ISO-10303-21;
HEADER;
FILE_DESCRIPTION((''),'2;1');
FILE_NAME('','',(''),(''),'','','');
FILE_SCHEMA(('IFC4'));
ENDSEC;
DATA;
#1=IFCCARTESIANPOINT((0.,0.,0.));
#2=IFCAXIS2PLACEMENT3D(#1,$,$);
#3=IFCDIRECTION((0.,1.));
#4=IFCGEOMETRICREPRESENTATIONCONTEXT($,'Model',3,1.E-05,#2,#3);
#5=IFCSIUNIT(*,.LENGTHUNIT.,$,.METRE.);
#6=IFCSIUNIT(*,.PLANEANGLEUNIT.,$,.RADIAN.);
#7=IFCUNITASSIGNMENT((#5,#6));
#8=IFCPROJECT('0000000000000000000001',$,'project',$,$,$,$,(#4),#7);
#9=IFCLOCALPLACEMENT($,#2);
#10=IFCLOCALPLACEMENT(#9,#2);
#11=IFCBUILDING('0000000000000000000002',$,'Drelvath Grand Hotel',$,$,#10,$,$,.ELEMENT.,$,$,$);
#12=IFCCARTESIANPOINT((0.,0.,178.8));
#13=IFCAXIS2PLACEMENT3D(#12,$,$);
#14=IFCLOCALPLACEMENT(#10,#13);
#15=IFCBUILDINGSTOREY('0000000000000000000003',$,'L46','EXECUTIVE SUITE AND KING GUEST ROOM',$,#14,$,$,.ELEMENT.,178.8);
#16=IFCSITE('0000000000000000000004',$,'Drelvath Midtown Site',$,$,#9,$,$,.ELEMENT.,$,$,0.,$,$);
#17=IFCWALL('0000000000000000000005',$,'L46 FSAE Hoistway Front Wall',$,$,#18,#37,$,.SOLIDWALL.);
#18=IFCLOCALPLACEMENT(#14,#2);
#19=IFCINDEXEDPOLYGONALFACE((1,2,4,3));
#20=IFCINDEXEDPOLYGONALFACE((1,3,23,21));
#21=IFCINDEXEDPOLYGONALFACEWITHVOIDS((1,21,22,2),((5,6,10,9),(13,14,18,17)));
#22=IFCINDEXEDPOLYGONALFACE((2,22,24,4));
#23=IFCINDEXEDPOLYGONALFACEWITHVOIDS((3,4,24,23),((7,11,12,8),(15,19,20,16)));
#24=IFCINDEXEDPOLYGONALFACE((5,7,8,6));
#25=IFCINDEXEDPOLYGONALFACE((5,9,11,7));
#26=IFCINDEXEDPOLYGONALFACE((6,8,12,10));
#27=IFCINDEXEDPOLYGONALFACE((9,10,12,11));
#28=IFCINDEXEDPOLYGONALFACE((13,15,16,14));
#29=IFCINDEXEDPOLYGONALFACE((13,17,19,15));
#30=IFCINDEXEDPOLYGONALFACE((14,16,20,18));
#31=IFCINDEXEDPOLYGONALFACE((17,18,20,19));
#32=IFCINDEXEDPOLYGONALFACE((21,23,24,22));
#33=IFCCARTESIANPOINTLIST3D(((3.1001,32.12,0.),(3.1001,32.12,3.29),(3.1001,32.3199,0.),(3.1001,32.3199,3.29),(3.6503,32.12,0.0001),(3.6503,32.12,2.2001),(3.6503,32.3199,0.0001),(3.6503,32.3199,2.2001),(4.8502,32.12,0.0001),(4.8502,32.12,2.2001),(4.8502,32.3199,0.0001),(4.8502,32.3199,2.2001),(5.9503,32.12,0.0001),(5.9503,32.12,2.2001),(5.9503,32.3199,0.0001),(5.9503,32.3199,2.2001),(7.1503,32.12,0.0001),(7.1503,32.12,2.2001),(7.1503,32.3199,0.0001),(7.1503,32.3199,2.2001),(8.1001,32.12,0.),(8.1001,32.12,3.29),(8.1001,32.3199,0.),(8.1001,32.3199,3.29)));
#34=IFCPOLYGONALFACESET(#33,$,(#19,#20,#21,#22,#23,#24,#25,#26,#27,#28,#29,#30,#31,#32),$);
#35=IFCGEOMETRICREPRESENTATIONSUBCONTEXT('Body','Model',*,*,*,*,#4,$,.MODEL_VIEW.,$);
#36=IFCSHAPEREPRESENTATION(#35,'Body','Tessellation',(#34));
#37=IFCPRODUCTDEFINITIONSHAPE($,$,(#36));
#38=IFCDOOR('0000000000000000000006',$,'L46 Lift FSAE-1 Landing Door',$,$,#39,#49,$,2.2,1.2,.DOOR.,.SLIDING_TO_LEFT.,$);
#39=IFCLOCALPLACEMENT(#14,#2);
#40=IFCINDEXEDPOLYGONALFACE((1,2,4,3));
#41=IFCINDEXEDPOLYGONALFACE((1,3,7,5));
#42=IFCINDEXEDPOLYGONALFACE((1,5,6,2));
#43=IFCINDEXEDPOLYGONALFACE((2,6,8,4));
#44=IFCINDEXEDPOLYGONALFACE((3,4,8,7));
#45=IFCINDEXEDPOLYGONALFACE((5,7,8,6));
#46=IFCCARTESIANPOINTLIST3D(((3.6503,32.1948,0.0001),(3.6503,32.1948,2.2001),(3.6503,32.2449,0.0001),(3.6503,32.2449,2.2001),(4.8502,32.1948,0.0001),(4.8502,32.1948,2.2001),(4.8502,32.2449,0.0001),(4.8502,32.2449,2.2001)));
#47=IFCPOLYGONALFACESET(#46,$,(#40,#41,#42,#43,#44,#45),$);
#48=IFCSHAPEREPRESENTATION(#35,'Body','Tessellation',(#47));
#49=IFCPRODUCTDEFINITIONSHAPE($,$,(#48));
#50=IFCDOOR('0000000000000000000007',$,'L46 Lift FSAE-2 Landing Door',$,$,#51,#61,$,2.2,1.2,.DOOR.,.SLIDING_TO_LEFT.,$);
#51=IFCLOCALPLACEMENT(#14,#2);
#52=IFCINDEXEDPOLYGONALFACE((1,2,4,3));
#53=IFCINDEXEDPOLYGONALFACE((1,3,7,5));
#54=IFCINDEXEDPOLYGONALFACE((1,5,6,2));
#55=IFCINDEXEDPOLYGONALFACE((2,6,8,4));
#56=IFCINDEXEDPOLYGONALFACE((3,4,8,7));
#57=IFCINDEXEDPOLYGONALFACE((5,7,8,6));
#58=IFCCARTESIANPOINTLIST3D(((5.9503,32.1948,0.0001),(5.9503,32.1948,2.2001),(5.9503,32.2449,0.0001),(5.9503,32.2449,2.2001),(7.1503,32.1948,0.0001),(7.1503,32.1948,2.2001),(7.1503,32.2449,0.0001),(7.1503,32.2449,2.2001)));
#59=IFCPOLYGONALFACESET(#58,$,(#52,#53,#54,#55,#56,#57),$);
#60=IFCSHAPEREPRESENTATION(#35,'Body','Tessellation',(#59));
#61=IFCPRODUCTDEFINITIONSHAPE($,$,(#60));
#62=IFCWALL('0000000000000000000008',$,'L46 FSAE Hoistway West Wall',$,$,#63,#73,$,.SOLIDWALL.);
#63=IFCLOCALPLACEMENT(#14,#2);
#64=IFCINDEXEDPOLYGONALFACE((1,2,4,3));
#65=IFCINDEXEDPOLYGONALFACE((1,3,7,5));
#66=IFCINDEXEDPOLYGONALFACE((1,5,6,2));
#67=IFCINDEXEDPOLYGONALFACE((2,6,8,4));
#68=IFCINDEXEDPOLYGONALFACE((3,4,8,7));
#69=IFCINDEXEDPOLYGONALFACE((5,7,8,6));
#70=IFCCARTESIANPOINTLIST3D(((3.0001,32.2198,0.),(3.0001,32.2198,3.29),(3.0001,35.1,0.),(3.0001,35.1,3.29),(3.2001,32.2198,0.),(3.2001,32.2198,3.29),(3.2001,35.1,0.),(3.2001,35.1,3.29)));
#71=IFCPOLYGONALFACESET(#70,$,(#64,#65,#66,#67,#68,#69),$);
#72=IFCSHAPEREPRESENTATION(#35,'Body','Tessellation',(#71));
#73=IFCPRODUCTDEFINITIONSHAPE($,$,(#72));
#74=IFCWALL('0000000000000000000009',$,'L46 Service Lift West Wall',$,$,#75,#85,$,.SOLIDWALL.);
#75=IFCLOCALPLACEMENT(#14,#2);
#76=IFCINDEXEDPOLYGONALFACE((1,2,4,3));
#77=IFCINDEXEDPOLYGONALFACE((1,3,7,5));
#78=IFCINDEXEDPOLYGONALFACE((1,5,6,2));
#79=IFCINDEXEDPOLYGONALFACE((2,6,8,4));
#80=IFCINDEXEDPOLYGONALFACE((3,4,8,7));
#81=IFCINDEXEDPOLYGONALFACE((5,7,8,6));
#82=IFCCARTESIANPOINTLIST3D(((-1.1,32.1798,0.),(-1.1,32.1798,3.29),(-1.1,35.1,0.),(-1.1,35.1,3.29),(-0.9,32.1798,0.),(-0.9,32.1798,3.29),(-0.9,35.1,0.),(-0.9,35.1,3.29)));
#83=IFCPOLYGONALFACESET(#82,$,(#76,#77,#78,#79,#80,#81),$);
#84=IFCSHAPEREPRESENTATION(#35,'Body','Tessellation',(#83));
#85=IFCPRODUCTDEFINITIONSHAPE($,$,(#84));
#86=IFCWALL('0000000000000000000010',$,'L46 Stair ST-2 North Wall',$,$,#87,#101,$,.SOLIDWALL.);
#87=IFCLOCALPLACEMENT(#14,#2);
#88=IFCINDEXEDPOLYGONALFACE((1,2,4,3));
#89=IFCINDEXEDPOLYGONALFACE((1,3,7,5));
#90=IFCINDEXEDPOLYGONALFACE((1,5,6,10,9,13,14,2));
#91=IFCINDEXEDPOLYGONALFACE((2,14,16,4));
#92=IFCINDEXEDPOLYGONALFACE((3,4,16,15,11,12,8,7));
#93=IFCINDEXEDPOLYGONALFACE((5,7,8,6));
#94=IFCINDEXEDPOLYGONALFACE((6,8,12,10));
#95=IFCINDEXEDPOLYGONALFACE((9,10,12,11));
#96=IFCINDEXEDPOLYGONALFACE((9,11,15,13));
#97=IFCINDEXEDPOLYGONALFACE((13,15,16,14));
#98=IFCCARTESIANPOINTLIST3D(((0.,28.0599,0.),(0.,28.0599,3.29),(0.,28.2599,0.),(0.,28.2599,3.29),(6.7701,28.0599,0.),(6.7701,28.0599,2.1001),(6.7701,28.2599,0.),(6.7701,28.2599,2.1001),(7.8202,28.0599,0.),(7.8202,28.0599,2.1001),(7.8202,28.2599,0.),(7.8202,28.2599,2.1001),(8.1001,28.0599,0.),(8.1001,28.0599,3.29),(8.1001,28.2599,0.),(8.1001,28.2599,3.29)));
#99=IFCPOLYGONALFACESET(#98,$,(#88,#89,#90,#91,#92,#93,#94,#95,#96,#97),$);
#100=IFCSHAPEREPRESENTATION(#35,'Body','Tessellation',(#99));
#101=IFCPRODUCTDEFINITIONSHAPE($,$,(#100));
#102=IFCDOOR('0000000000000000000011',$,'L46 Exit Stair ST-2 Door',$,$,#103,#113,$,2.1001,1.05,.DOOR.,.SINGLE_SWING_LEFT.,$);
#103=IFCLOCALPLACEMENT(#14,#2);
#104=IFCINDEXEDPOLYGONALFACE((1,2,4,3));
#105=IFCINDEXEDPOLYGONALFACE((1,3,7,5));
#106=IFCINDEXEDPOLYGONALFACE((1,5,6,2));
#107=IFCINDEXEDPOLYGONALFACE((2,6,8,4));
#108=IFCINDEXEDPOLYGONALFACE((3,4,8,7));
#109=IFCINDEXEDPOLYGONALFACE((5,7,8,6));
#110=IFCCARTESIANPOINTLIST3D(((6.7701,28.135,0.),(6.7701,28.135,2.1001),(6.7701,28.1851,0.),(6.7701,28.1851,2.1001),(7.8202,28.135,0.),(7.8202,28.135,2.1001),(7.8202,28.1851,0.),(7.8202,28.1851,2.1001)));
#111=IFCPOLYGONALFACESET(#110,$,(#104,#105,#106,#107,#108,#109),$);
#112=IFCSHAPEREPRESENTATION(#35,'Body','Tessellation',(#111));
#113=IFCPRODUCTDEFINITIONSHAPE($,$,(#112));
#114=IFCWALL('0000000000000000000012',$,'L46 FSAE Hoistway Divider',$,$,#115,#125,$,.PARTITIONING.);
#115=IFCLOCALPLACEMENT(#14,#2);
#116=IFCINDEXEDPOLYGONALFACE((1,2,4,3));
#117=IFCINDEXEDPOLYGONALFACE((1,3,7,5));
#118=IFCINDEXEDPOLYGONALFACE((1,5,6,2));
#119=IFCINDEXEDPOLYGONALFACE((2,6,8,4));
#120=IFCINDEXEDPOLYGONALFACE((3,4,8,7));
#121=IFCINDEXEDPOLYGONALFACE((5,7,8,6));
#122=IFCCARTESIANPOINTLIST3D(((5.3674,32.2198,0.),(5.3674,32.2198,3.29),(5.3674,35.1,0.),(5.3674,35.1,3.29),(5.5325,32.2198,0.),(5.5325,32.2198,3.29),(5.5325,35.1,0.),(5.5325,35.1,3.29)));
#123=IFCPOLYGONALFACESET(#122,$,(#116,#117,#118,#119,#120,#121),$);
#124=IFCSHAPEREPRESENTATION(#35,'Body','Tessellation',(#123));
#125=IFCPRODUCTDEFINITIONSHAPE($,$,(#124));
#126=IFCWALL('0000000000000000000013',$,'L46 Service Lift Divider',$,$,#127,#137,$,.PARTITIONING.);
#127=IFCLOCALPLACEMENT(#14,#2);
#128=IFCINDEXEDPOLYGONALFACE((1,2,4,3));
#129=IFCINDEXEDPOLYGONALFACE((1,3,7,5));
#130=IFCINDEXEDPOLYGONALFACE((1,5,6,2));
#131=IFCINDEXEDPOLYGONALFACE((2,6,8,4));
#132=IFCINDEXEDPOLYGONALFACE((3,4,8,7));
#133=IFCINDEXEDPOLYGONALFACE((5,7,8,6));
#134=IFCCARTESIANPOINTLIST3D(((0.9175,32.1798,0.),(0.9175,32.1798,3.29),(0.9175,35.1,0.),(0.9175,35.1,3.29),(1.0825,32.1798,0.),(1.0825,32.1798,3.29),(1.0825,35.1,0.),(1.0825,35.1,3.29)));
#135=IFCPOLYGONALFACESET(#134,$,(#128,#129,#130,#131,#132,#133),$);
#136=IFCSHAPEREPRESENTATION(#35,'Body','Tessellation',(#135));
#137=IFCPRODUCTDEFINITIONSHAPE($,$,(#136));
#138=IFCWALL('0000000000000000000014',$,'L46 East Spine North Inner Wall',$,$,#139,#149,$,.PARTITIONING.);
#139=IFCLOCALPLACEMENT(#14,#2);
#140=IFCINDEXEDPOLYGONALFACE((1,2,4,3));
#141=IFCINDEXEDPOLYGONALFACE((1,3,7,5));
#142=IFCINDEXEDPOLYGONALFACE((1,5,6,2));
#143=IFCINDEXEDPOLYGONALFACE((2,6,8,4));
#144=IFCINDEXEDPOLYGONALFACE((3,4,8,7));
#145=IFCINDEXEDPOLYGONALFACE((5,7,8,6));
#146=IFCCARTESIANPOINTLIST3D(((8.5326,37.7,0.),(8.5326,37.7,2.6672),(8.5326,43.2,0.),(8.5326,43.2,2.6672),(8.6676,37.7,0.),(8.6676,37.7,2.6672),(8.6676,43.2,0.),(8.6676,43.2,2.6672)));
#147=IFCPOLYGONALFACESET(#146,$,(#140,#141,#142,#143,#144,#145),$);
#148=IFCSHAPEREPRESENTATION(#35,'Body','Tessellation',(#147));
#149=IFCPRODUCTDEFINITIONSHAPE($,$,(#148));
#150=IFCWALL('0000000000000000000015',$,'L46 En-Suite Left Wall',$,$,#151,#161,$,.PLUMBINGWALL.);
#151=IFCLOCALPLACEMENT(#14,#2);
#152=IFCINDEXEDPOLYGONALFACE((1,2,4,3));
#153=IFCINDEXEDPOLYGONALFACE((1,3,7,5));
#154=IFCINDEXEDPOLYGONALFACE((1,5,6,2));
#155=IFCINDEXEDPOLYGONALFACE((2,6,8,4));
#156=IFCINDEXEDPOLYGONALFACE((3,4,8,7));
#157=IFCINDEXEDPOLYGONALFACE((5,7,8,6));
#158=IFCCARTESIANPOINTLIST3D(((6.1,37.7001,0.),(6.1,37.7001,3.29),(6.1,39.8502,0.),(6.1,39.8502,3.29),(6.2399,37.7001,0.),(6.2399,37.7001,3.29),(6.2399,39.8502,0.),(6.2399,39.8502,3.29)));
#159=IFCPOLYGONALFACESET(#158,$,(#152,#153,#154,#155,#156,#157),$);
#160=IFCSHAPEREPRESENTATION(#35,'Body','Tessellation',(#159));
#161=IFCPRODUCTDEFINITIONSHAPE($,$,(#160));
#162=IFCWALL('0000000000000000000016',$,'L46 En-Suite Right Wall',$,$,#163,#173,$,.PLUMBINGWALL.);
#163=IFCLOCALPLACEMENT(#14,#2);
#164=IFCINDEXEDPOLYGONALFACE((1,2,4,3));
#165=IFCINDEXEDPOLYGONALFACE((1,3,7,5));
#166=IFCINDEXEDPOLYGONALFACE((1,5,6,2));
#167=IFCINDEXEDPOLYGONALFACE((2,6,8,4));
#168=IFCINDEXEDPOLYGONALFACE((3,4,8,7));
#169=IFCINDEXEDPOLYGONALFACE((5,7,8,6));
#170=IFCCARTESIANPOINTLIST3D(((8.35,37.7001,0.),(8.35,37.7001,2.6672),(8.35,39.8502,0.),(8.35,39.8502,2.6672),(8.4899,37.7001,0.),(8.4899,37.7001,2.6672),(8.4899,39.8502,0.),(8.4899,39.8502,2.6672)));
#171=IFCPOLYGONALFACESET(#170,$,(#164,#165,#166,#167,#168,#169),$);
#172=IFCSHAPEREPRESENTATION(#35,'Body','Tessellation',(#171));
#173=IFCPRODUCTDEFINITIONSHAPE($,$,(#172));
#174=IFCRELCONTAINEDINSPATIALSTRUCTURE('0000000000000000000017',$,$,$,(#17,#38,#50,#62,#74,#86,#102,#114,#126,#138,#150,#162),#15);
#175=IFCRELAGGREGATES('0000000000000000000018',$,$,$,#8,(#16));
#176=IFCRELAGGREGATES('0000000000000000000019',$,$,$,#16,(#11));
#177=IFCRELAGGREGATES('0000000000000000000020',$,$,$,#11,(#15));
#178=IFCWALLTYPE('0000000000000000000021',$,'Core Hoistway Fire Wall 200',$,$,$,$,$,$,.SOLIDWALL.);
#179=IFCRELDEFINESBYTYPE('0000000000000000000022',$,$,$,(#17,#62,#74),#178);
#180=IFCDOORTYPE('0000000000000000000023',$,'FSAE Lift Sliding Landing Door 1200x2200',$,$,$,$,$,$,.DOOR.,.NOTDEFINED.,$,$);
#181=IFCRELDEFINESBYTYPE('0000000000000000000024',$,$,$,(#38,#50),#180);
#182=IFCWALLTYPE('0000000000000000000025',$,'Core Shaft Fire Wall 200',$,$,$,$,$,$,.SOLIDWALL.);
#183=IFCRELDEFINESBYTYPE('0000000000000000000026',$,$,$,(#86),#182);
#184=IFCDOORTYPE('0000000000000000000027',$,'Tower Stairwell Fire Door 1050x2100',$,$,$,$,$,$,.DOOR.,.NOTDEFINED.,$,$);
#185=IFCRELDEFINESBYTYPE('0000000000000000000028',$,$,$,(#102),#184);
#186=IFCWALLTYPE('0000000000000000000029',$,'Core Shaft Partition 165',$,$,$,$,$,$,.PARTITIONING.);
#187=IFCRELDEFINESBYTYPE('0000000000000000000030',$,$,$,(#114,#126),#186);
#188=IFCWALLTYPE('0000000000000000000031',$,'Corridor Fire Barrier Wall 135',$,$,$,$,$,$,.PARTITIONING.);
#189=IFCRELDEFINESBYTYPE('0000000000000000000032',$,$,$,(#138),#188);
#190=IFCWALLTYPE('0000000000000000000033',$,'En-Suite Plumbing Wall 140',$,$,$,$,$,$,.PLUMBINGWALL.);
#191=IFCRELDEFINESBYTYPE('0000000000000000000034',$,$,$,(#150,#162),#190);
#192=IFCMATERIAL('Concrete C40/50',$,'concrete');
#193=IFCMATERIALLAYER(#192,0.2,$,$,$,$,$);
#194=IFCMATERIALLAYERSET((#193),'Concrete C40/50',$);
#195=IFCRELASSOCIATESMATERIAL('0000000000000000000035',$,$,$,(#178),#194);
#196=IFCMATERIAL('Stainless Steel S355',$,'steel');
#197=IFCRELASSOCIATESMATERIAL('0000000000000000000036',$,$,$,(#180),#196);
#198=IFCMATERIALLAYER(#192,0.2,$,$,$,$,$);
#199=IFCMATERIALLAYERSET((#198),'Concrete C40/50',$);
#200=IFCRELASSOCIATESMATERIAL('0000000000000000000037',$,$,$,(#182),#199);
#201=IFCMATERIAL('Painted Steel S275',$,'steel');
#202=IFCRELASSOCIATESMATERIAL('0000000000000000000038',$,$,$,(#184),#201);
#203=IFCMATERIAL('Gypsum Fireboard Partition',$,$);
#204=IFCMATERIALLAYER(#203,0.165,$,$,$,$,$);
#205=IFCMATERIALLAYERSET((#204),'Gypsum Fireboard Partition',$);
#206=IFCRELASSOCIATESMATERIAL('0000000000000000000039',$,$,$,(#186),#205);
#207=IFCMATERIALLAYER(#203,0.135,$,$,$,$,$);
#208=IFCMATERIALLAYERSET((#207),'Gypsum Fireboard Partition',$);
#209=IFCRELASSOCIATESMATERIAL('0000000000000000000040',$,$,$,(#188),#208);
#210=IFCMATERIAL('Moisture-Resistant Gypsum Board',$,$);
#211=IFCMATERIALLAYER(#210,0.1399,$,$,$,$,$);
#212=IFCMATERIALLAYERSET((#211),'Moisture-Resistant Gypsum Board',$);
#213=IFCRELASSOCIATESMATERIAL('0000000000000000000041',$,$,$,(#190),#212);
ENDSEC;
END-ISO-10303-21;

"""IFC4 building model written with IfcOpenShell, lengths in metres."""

from ifc_helpers import new_model, si_unit, direction, frame, frame_2d, origin, place, context, subcontext, project, spatial, rectangle, extrude, material, layer, layer_set, type_object, element, fill, save


model = new_model("IFC4")

# Units and contexts
model_context = context("Model", 3, precision=1e-05, world=origin(), true_north=direction((0.0, 1.0)))
body_context = subcontext(model_context, "Body", "Model", "MODEL_VIEW")
ifc_project = project(units=[si_unit("LENGTHUNIT", "METRE"), si_unit("PLANEANGLEUNIT", "RADIAN")], contexts=[model_context])

# Site, building, storey
site_placement = place(None, origin())
site = spatial("IfcSite", under=ifc_project, at=site_placement, Name="Drelvath Midtown Site", CompositionType="ELEMENT", RefElevation=0.0)
building_placement = place(site_placement, origin())
building = spatial("IfcBuilding", under=site, at=building_placement, Name="Drelvath Grand Hotel", CompositionType="ELEMENT")
storey_placement = place(building_placement, frame((0.0, 0.0, 178.8)))
storey = spatial("IfcBuildingStorey", under=building, at=storey_placement, Name="L46", Description="EXECUTIVE SUITE AND KING GUEST ROOM", CompositionType="ELEMENT", Elevation=178.8)

# Wall, openings, doors
ifc_material_1 = material(Name="Concrete C40/50", Category="concrete")
ifc_layer_1 = layer(ifc_material_1, 0.2)
ifc_layer_set_1 = layer_set([ifc_layer_1], Name="Concrete C40/50")
wall_type_1 = type_object("IfcWallType", Name="Core Hoistway Fire Wall 200", PredefinedType="SOLIDWALL", material=ifc_layer_set_1)
wall_1_placement = place(storey_placement, frame((3.1001, 32.22, 0.0), z_axis=(0.0, 0.0, 1.0), x_axis=(1.0, 0.0, 0.0)))
wall_1 = element("IfcWall", 1, at=wall_1_placement, inside=storey, type_object=wall_type_1, Name="L46 FSAE Hoistway Front Wall", PredefinedType="SOLIDWALL", context=body_context, shape_type="SweptSolid", body=[
    extrude(rectangle(XDim=5.0, YDim=0.2, at=frame_2d((2.5, 0.0))), origin(), (0.0, 0.0, 1.0), 3.29),
])
opening_1_placement = place(wall_1_placement, frame((0.55, 0.0, 0.0)))
opening_1 = element("IfcOpeningElement", 2, at=opening_1_placement, cuts=wall_1, PredefinedType="OPENING", context=body_context, shape_type="SweptSolid", body=[
    extrude(rectangle(XDim=1.2, YDim=2.2, at=frame_2d((0.6001, 1.1001))), frame((0.0, 0.1099, 0.0), z_axis=(0.0, -1.0, 0.0), x_axis=(1.0, 0.0, 0.0)), (0.0, 0.0, 1.0), 0.22),
])
opening_2_placement = place(wall_1_placement, frame((2.8501, 0.0, 0.0)))
opening_2 = element("IfcOpeningElement", 3, at=opening_2_placement, cuts=wall_1, PredefinedType="OPENING", context=body_context, shape_type="SweptSolid", body=[
    extrude(rectangle(XDim=1.2, YDim=2.2, at=frame_2d((0.6001, 1.1001))), frame((0.0, 0.1099, 0.0), z_axis=(0.0, -1.0, 0.0), x_axis=(1.0, 0.0, 0.0)), (0.0, 0.0, 1.0), 0.22),
])
ifc_material_2 = material(Name="Stainless Steel S355", Category="steel")
door_type_1 = type_object("IfcDoorType", Name="FSAE Lift Sliding Landing Door 1200x2200", OperationType="NOTDEFINED", PredefinedType="DOOR", material=ifc_material_2)
door_1_placement = place(opening_1_placement, origin())
door_1 = element("IfcDoor", 4, at=door_1_placement, inside=storey, type_object=door_type_1, Name="L46 Lift FSAE-1 Landing Door", OperationType="SLIDING_TO_LEFT", OverallHeight=2.2, OverallWidth=1.2, PredefinedType="DOOR", context=body_context, shape_type="SweptSolid", body=[
    extrude(rectangle(XDim=1.2, YDim=2.2, at=frame_2d((0.6001, 1.1001))), frame((0.0, 0.0249, 0.0), z_axis=(0.0, -1.0, 0.0), x_axis=(1.0, 0.0, 0.0)), (0.0, 0.0, 1.0), 0.05),
])
fill(opening_1, door_1)
door_2_placement = place(opening_2_placement, origin())
door_2 = element("IfcDoor", 5, at=door_2_placement, inside=storey, type_object=door_type_1, Name="L46 Lift FSAE-2 Landing Door", OperationType="SLIDING_TO_LEFT", OverallHeight=2.2, OverallWidth=1.2, PredefinedType="DOOR", context=body_context, shape_type="SweptSolid", body=[
    extrude(rectangle(XDim=1.2, YDim=2.2, at=frame_2d((0.6001, 1.1001))), frame((0.0, 0.0249, 0.0), z_axis=(0.0, -1.0, 0.0), x_axis=(1.0, 0.0, 0.0)), (0.0, 0.0, 1.0), 0.05),
])
fill(opening_2, door_2)

# Walls
wall_2_placement = place(storey_placement, frame((3.1001, 32.22, 0.0), z_axis=(0.0, 0.0, 1.0), x_axis=(0.0, 1.0, 0.0)))
element("IfcWall", 6, at=wall_2_placement, inside=storey, type_object=wall_type_1, Name="L46 FSAE Hoistway West Wall", PredefinedType="SOLIDWALL", context=body_context, shape_type="SweptSolid", body=[
    extrude(rectangle(XDim=2.8801, YDim=0.2, at=frame_2d((1.4399, 0.0))), origin(), (0.0, 0.0, 1.0), 3.29),
])
wall_3_placement = place(storey_placement, frame((-1.0, 32.1799, 0.0), z_axis=(0.0, 0.0, 1.0), x_axis=(0.0, 1.0, 0.0)))
element("IfcWall", 7, at=wall_3_placement, inside=storey, type_object=wall_type_1, Name="L46 Service Lift West Wall", PredefinedType="SOLIDWALL", context=body_context, shape_type="SweptSolid", body=[
    extrude(rectangle(XDim=2.9202, YDim=0.2, at=frame_2d((1.46, 0.0))), origin(), (0.0, 0.0, 1.0), 3.29),
])

# Wall, opening, door
ifc_layer_2 = layer(ifc_material_1, 0.2)
ifc_layer_set_2 = layer_set([ifc_layer_2], Name="Concrete C40/50")
wall_type_2 = type_object("IfcWallType", Name="Core Shaft Fire Wall 200", PredefinedType="SOLIDWALL", material=ifc_layer_set_2)
wall_4_placement = place(storey_placement, frame((8.1001, 28.1599, 0.0), z_axis=(0.0, 0.0, 1.0), x_axis=(-1.0, 0.0, 0.0)))
wall_4 = element("IfcWall", 8, at=wall_4_placement, inside=storey, type_object=wall_type_2, Name="L46 Stair ST-2 North Wall", PredefinedType="SOLIDWALL", context=body_context, shape_type="SweptSolid", body=[
    extrude(rectangle(XDim=8.1001, YDim=0.2, at=frame_2d((4.05, 0.0))), origin(), (0.0, 0.0, 1.0), 3.29),
])
opening_3_placement = place(wall_4_placement, frame((0.28, 0.0, 0.0)))
opening_3 = element("IfcOpeningElement", 9, at=opening_3_placement, cuts=wall_4, PredefinedType="OPENING", context=body_context, shape_type="SweptSolid", body=[
    extrude(rectangle(XDim=1.05, YDim=2.1001, at=frame_2d((0.5249, 1.05))), frame((0.0, 0.1099, 0.0), z_axis=(0.0, -1.0, 0.0), x_axis=(1.0, 0.0, 0.0)), (0.0, 0.0, 1.0), 0.22),
])
ifc_material_3 = material(Name="Painted Steel S275", Category="steel")
door_type_2 = type_object("IfcDoorType", Name="Tower Stairwell Fire Door 1050x2100", OperationType="NOTDEFINED", PredefinedType="DOOR", material=ifc_material_3)
door_3_placement = place(opening_3_placement, origin())
door_3 = element("IfcDoor", 10, at=door_3_placement, inside=storey, type_object=door_type_2, Name="L46 Exit Stair ST-2 Door", OperationType="SINGLE_SWING_LEFT", OverallHeight=2.1001, OverallWidth=1.05, PredefinedType="DOOR", context=body_context, shape_type="SweptSolid", body=[
    extrude(rectangle(XDim=1.05, YDim=2.1001, at=frame_2d((0.5249, 1.05))), frame((0.0, 0.0249, 0.0), z_axis=(0.0, -1.0, 0.0), x_axis=(1.0, 0.0, 0.0)), (0.0, 0.0, 1.0), 0.05),
])
fill(opening_3, door_3)

# Walls
ifc_material_4 = material(Name="Gypsum Fireboard Partition")
ifc_layer_3 = layer(ifc_material_4, 0.165)
ifc_layer_set_3 = layer_set([ifc_layer_3], Name="Gypsum Fireboard Partition")
wall_type_3 = type_object("IfcWallType", Name="Core Shaft Partition 165", PredefinedType="PARTITIONING", material=ifc_layer_set_3)
wall_5_placement = place(storey_placement, frame((5.45, 32.22, 0.0), z_axis=(0.0, 0.0, 1.0), x_axis=(0.0, 1.0, 0.0)))
element("IfcWall", 11, at=wall_5_placement, inside=storey, type_object=wall_type_3, Name="L46 FSAE Hoistway Divider", PredefinedType="PARTITIONING", context=body_context, shape_type="SweptSolid", body=[
    extrude(rectangle(XDim=2.8801, YDim=0.165, at=frame_2d((1.4399, 0.0))), origin(), (0.0, 0.0, 1.0), 3.29),
])
wall_6_placement = place(storey_placement, frame((1.0, 32.1799, 0.0), z_axis=(0.0, 0.0, 1.0), x_axis=(0.0, 1.0, 0.0)))
element("IfcWall", 12, at=wall_6_placement, inside=storey, type_object=wall_type_3, Name="L46 Service Lift Divider", PredefinedType="PARTITIONING", context=body_context, shape_type="SweptSolid", body=[
    extrude(rectangle(XDim=2.9202, YDim=0.165, at=frame_2d((1.46, 0.0))), origin(), (0.0, 0.0, 1.0), 3.29),
])
ifc_layer_4 = layer(ifc_material_4, 0.135)
ifc_layer_set_4 = layer_set([ifc_layer_4], Name="Gypsum Fireboard Partition")
wall_type_4 = type_object("IfcWallType", Name="Corridor Fire Barrier Wall 135", PredefinedType="PARTITIONING", material=ifc_layer_set_4)
wall_7_placement = place(storey_placement, frame((8.6001, 37.7, 0.0), z_axis=(0.0, 0.0, 1.0), x_axis=(0.0, 1.0, 0.0)))
element("IfcWall", 13, at=wall_7_placement, inside=storey, type_object=wall_type_4, Name="L46 East Spine North Inner Wall", PredefinedType="PARTITIONING", context=body_context, shape_type="SweptSolid", body=[
    extrude(rectangle(XDim=5.5, YDim=0.135, at=frame_2d((2.75, 0.0))), origin(), (0.0, 0.0, 1.0), 2.6672),
])
ifc_material_5 = material(Name="Moisture-Resistant Gypsum Board")
ifc_layer_5 = layer(ifc_material_5, 0.1399)
ifc_layer_set_5 = layer_set([ifc_layer_5], Name="Moisture-Resistant Gypsum Board")
wall_type_5 = type_object("IfcWallType", Name="En-Suite Plumbing Wall 140", PredefinedType="PLUMBINGWALL", material=ifc_layer_set_5)
wall_8_placement = place(storey_placement, frame((6.1699, 37.7, 0.0), z_axis=(0.0, 0.0, 1.0), x_axis=(0.0, 1.0, 0.0)))
element("IfcWall", 14, at=wall_8_placement, inside=storey, type_object=wall_type_5, Name="L46 En-Suite Left Wall", PredefinedType="PLUMBINGWALL", context=body_context, shape_type="SweptSolid", body=[
    extrude(rectangle(XDim=2.1501, YDim=0.1399, at=frame_2d((1.0752, 0.0))), origin(), (0.0, 0.0, 1.0), 3.29),
])
wall_9_placement = place(storey_placement, frame((8.4199, 37.7, 0.0), z_axis=(0.0, 0.0, 1.0), x_axis=(0.0, 1.0, 0.0)))
element("IfcWall", 15, at=wall_9_placement, inside=storey, type_object=wall_type_5, Name="L46 En-Suite Right Wall", PredefinedType="PLUMBINGWALL", context=body_context, shape_type="SweptSolid", body=[
    extrude(rectangle(XDim=2.1501, YDim=0.1399, at=frame_2d((1.0752, 0.0))), origin(), (0.0, 0.0, 1.0), 2.6672),
])

save(model, "model.ifc")
